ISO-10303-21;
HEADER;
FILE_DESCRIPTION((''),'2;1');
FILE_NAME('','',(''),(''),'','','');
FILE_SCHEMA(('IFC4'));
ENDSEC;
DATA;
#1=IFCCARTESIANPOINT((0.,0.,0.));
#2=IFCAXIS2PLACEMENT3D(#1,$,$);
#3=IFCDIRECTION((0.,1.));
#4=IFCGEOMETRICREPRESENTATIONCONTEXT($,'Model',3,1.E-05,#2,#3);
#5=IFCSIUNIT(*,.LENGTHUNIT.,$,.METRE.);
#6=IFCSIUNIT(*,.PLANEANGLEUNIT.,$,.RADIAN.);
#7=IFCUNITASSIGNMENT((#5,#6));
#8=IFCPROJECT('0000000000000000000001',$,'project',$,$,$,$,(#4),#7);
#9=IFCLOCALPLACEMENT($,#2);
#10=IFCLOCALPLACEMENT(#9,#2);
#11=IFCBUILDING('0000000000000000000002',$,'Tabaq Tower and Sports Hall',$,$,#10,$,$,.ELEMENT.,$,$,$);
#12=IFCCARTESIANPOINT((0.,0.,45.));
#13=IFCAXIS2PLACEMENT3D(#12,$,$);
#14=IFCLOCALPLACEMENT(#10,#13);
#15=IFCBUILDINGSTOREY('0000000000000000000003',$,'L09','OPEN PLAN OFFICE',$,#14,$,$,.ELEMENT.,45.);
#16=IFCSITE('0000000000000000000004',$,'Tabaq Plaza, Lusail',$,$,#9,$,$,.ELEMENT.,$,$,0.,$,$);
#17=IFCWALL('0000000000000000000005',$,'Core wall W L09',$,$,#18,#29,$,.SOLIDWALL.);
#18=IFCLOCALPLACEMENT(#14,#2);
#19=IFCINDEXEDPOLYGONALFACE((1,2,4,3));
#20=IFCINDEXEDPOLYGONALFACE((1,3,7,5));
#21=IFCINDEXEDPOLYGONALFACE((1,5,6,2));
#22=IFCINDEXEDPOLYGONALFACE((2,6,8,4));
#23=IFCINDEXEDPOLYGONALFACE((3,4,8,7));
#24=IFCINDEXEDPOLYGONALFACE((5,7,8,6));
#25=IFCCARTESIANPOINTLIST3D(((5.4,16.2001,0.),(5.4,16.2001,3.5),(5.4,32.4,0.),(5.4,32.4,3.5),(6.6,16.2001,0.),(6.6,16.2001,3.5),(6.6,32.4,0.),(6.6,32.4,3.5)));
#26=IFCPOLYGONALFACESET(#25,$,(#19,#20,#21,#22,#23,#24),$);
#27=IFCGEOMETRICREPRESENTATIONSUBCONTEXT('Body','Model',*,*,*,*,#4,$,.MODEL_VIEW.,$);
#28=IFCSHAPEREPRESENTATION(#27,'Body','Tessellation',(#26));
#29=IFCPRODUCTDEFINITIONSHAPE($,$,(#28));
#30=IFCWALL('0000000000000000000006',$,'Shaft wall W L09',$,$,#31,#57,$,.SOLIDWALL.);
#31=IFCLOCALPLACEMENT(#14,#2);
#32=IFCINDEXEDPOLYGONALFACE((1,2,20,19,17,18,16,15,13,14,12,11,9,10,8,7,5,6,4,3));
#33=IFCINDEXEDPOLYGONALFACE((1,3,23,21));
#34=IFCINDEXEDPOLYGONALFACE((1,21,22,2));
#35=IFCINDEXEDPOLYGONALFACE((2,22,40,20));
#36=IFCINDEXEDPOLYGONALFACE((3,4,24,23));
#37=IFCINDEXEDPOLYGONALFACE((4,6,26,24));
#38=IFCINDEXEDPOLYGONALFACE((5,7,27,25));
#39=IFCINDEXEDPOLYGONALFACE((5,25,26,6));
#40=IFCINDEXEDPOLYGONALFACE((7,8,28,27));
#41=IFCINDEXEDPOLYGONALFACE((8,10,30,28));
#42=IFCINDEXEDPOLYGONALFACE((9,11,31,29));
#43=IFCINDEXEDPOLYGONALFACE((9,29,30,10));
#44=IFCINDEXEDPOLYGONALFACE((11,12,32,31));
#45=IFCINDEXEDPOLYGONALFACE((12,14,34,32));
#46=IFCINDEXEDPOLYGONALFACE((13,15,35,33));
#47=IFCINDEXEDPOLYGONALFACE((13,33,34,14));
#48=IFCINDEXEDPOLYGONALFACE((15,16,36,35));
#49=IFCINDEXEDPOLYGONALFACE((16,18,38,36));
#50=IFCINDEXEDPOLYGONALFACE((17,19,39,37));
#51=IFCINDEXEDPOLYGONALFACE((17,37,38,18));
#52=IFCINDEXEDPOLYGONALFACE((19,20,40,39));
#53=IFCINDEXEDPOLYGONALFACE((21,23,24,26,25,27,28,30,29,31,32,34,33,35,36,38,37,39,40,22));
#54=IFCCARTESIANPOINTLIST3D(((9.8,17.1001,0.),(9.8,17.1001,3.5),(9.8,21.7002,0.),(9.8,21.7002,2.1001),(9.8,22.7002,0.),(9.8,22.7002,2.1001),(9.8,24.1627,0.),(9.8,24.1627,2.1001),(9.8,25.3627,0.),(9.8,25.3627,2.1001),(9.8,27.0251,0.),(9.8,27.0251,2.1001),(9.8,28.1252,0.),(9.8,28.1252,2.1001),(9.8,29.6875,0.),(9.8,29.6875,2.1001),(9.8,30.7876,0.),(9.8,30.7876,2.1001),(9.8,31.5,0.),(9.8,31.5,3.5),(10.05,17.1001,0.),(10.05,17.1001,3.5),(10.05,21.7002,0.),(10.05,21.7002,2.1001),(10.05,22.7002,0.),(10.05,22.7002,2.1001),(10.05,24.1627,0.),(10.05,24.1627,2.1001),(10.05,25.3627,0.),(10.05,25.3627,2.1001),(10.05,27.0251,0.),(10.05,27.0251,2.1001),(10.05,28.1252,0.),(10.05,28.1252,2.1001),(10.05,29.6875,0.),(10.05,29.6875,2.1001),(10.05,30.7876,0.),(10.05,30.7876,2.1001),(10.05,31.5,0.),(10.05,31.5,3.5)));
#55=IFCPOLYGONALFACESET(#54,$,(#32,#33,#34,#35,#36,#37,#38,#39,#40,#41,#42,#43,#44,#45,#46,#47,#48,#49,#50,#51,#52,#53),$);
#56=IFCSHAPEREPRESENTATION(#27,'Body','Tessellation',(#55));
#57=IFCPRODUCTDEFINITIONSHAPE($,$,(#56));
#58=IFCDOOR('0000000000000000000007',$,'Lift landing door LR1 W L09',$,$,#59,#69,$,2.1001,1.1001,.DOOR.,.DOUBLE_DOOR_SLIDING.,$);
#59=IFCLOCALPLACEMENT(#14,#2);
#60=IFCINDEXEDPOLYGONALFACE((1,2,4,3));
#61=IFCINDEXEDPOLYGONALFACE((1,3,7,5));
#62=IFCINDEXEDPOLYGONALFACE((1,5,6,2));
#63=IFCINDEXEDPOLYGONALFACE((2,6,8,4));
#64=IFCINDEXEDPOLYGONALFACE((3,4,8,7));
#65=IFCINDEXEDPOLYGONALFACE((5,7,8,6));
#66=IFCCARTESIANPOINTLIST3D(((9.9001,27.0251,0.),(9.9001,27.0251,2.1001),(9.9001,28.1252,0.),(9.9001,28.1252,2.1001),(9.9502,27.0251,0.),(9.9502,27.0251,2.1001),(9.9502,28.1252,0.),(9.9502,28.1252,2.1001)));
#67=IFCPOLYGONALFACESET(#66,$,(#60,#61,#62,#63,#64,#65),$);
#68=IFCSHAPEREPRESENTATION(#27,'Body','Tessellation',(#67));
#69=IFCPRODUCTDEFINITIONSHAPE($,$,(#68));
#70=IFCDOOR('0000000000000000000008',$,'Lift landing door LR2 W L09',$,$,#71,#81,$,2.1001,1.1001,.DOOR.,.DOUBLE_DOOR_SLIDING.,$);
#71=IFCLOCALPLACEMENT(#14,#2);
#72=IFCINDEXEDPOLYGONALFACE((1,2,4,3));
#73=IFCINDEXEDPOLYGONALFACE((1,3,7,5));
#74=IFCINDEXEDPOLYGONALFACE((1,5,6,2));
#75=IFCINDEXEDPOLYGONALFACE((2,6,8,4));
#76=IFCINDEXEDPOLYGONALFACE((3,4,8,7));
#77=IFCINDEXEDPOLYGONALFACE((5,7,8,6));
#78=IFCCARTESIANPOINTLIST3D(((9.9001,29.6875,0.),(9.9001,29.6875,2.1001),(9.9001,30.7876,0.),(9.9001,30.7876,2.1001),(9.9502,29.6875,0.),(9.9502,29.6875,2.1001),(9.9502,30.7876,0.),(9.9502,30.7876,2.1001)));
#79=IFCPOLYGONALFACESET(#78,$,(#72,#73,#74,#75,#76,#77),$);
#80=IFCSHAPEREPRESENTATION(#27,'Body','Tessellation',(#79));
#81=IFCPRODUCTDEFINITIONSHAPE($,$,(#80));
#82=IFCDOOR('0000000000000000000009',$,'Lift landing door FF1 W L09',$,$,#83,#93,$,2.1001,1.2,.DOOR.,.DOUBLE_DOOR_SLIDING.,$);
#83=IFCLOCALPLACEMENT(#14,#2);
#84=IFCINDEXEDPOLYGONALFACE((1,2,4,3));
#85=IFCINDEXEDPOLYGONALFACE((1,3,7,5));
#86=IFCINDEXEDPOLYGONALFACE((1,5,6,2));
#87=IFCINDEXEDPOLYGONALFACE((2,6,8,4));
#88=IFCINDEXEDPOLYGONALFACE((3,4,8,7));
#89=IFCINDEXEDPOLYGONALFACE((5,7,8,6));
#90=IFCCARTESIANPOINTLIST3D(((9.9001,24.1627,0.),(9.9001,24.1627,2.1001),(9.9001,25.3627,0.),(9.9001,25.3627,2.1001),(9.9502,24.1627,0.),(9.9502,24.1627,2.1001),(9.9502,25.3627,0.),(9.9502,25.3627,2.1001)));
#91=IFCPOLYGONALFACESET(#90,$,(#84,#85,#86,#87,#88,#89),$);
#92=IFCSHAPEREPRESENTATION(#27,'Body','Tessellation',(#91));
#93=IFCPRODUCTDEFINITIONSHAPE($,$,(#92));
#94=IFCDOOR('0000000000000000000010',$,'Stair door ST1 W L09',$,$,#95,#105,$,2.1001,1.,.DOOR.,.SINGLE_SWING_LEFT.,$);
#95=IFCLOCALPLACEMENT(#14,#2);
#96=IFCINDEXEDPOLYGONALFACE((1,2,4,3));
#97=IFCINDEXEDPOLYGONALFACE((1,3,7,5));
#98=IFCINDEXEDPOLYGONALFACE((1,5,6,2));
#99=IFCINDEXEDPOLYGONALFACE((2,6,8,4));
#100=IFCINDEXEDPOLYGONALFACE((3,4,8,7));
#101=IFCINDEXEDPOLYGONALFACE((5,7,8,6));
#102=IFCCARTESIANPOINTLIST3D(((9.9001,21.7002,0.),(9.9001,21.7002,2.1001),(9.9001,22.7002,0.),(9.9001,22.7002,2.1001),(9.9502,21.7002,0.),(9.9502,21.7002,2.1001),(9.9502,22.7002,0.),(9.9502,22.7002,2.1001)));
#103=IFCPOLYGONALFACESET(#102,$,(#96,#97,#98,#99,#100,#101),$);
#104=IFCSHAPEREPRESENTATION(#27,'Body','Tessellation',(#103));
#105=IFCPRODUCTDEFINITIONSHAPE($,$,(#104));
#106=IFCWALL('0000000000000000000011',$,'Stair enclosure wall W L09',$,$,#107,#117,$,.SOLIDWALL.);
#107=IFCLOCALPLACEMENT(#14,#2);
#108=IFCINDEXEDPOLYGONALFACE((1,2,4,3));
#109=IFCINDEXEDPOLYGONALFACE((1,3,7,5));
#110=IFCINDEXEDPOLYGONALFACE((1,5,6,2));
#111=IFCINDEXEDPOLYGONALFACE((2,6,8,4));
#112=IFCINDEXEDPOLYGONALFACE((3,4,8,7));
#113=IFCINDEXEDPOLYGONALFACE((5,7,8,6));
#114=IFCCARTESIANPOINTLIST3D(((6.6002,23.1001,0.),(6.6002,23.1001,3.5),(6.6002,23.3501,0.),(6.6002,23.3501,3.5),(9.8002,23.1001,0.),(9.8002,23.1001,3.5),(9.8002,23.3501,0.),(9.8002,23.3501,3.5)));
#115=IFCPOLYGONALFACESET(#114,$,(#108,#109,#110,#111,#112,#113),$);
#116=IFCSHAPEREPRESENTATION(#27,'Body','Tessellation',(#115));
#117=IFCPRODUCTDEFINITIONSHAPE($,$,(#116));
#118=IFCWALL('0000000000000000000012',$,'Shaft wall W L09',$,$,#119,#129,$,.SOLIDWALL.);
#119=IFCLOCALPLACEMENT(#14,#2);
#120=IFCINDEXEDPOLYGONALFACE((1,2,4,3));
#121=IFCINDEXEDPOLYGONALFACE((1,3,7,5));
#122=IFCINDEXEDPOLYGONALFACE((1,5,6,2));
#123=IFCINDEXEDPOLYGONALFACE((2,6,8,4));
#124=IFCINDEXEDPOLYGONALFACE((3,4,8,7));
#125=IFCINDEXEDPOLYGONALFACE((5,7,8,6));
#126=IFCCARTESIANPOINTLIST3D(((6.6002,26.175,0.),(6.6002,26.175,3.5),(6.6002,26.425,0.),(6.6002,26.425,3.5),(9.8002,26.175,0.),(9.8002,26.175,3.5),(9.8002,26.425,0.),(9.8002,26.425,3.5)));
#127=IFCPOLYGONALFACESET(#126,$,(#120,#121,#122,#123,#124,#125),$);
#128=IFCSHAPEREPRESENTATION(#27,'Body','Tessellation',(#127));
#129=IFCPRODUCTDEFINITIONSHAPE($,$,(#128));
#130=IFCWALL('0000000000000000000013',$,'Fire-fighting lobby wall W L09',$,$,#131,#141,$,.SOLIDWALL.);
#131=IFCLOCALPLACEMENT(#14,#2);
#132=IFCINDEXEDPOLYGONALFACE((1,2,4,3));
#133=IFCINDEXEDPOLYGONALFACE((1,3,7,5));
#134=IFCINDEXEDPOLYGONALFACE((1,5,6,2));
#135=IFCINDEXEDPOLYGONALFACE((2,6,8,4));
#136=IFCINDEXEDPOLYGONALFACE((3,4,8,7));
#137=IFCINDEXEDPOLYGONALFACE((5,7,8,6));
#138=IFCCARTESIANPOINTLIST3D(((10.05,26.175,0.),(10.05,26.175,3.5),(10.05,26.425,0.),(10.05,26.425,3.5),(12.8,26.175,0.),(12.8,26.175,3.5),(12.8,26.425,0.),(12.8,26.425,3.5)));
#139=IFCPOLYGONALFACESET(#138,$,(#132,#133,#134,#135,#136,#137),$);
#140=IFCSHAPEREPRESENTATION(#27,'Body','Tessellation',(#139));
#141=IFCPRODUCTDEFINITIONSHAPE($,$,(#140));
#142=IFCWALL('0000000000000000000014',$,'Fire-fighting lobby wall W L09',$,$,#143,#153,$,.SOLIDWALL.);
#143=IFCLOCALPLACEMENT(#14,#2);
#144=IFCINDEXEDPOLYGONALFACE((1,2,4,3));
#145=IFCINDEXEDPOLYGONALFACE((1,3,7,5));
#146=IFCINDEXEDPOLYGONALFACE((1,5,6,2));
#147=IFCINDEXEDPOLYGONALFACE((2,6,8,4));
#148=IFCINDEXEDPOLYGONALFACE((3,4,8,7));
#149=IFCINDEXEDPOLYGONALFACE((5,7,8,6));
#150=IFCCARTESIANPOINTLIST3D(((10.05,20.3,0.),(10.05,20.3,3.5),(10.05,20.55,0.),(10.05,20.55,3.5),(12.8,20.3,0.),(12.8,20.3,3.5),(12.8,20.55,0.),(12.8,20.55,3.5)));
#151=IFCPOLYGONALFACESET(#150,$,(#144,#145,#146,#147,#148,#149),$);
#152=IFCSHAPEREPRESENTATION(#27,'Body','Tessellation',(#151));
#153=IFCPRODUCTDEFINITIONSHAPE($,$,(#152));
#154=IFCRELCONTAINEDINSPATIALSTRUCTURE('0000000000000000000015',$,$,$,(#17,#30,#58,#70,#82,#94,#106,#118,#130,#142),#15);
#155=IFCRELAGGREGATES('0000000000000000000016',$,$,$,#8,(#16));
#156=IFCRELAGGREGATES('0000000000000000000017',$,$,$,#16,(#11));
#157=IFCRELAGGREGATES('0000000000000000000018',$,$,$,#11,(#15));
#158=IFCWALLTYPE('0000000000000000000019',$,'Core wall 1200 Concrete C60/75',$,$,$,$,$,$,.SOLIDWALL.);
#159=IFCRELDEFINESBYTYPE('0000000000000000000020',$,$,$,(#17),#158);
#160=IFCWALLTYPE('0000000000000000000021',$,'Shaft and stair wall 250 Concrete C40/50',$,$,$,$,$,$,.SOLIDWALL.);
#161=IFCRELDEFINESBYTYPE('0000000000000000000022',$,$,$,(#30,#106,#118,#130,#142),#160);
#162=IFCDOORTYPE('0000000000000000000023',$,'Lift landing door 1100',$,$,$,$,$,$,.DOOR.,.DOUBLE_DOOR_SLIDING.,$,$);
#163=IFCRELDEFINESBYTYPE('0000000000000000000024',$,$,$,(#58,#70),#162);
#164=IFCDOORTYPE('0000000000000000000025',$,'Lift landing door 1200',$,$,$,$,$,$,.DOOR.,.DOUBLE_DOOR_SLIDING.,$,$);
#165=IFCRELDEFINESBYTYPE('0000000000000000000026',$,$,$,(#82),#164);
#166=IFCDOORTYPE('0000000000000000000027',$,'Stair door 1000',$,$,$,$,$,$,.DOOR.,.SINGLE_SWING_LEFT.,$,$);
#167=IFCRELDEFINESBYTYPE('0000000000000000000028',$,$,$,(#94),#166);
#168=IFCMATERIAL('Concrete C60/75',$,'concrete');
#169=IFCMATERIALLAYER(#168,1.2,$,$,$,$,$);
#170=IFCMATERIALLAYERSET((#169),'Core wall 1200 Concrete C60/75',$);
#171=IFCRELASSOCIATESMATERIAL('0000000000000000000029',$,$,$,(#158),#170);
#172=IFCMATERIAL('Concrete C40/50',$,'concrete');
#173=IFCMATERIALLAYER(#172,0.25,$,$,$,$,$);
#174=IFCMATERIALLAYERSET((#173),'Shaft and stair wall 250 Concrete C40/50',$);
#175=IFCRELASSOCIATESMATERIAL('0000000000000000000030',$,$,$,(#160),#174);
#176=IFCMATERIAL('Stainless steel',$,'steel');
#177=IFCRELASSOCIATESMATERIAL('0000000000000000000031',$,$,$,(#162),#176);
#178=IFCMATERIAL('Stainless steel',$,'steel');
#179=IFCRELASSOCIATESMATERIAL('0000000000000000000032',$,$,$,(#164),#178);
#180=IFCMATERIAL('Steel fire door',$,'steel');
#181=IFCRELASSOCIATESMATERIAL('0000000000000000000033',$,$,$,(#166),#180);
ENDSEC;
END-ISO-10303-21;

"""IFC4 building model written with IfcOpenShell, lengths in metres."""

from ifc_helpers import new_model, si_unit, direction, frame, frame_2d, origin, place, context, subcontext, project, spatial, rectangle, extrude, material, layer, layer_set, type_object, element, fill, save


model = new_model("IFC4")

# Units and contexts
model_context = context("Model", 3, precision=1e-05, world=origin(), true_north=direction((0.0, 1.0)))
body_context = subcontext(model_context, "Body", "Model", "MODEL_VIEW")
ifc_project = project(units=[si_unit("LENGTHUNIT", "METRE"), si_unit("PLANEANGLEUNIT", "RADIAN")], contexts=[model_context])

# Site, building, storey
site_placement = place(None, origin())
site = spatial("IfcSite", under=ifc_project, at=site_placement, Name="Tabaq Plaza, Lusail", CompositionType="ELEMENT", RefElevation=0.0)
building_placement = place(site_placement, origin())
building = spatial("IfcBuilding", under=site, at=building_placement, Name="Tabaq Tower and Sports Hall", CompositionType="ELEMENT")
storey_placement = place(building_placement, frame((0.0, 0.0, 45.0)))
storey = spatial("IfcBuildingStorey", under=building, at=storey_placement, Name="L09", Description="OPEN PLAN OFFICE", CompositionType="ELEMENT", Elevation=45.0)

# Wall
ifc_material_1 = material(Name="Concrete C60/75", Category="concrete")
ifc_layer_1 = layer(ifc_material_1, 1.2)
ifc_layer_set_1 = layer_set([ifc_layer_1], Name="Core wall 1200 Concrete C60/75")
wall_type_1 = type_object("IfcWallType", Name="Core wall 1200 Concrete C60/75", PredefinedType="SOLIDWALL", material=ifc_layer_set_1)
wall_1_placement = place(storey_placement, frame((6.0, 16.2, 0.0), z_axis=(0.0, 0.0, 1.0), x_axis=(0.0, 1.0, 0.0)))
element("IfcWall", 1, at=wall_1_placement, inside=storey, type_object=wall_type_1, Name="Core wall W L09", PredefinedType="SOLIDWALL", context=body_context, shape_type="SweptSolid", body=[
    extrude(rectangle(XDim=16.2, YDim=1.2, at=frame_2d((8.1001, 0.0))), origin(), (0.0, 0.0, 1.0), 3.5),
])

# Wall, openings, doors
ifc_material_2 = material(Name="Concrete C40/50", Category="concrete")
ifc_layer_2 = layer(ifc_material_2, 0.25)
ifc_layer_set_2 = layer_set([ifc_layer_2], Name="Shaft and stair wall 250 Concrete C40/50")
wall_type_2 = type_object("IfcWallType", Name="Shaft and stair wall 250 Concrete C40/50", PredefinedType="SOLIDWALL", material=ifc_layer_set_2)
wall_2_placement = place(storey_placement, frame((9.925, 17.1001, 0.0), z_axis=(0.0, 0.0, 1.0), x_axis=(0.0, 1.0, 0.0)))
wall_2 = element("IfcWall", 2, at=wall_2_placement, inside=storey, type_object=wall_type_2, Name="Shaft wall W L09", PredefinedType="SOLIDWALL", context=body_context, shape_type="SweptSolid", body=[
    extrude(rectangle(XDim=14.3999, YDim=0.25, at=frame_2d((7.2, 0.0))), origin(), (0.0, 0.0, 1.0), 3.5),
])
opening_1_placement = place(wall_2_placement, frame((4.6001, 0.0, 0.0)))
opening_1 = element("IfcOpeningElement", 3, at=opening_1_placement, cuts=wall_2, PredefinedType="OPENING", context=body_context, shape_type="SweptSolid", body=[
    extrude(rectangle(XDim=1.0, YDim=2.1001, at=frame_2d((0.5, 1.05))), frame((0.0, 0.125, 0.0), z_axis=(0.0, -1.0, 0.0), x_axis=(1.0, 0.0, 0.0)), (0.0, 0.0, 1.0), 0.25),
])
opening_2_placement = place(wall_2_placement, frame((7.0625, 0.0, 0.0)))
opening_2 = element("IfcOpeningElement", 4, at=opening_2_placement, cuts=wall_2, PredefinedType="OPENING", context=body_context, shape_type="SweptSolid", body=[
    extrude(rectangle(XDim=1.2, YDim=2.1001, at=frame_2d((0.6001, 1.05))), frame((0.0, 0.125, 0.0), z_axis=(0.0, -1.0, 0.0), x_axis=(1.0, 0.0, 0.0)), (0.0, 0.0, 1.0), 0.25),
])
opening_3_placement = place(wall_2_placement, frame((9.925, 0.0, 0.0)))
opening_3 = element("IfcOpeningElement", 5, at=opening_3_placement, cuts=wall_2, PredefinedType="OPENING", context=body_context, shape_type="SweptSolid", body=[
    extrude(rectangle(XDim=1.1001, YDim=2.1001, at=frame_2d((0.55, 1.05))), frame((0.0, 0.125, 0.0), z_axis=(0.0, -1.0, 0.0), x_axis=(1.0, 0.0, 0.0)), (0.0, 0.0, 1.0), 0.25),
])
opening_4_placement = place(wall_2_placement, frame((12.5874, 0.0, 0.0)))
opening_4 = element("IfcOpeningElement", 6, at=opening_4_placement, cuts=wall_2, PredefinedType="OPENING", context=body_context, shape_type="SweptSolid", body=[
    extrude(rectangle(XDim=1.1001, YDim=2.1001, at=frame_2d((0.55, 1.05))), frame((0.0, 0.125, 0.0), z_axis=(0.0, -1.0, 0.0), x_axis=(1.0, 0.0, 0.0)), (0.0, 0.0, 1.0), 0.25),
])
ifc_material_3 = material(Name="Stainless steel", Category="steel")
door_type_1 = type_object("IfcDoorType", Name="Lift landing door 1100", OperationType="DOUBLE_DOOR_SLIDING", PredefinedType="DOOR", material=ifc_material_3)
door_1_placement = place(opening_3_placement, origin())
door_1 = element("IfcDoor", 7, at=door_1_placement, inside=storey, type_object=door_type_1, Name="Lift landing door LR1 W L09", OperationType="DOUBLE_DOOR_SLIDING", OverallHeight=2.1001, OverallWidth=1.1001, PredefinedType="DOOR", context=body_context, shape_type="SweptSolid", body=[
    extrude(rectangle(XDim=1.1001, YDim=2.1001, at=frame_2d((0.55, 1.05))), frame((0.0, 0.0249, 0.0), z_axis=(0.0, -1.0, 0.0), x_axis=(1.0, 0.0, 0.0)), (0.0, 0.0, 1.0), 0.05),
])
fill(opening_3, door_1)
door_2_placement = place(opening_4_placement, origin())
door_2 = element("IfcDoor", 8, at=door_2_placement, inside=storey, type_object=door_type_1, Name="Lift landing door LR2 W L09", OperationType="DOUBLE_DOOR_SLIDING", OverallHeight=2.1001, OverallWidth=1.1001, PredefinedType="DOOR", context=body_context, shape_type="SweptSolid", body=[
    extrude(rectangle(XDim=1.1001, YDim=2.1001, at=frame_2d((0.55, 1.05))), frame((0.0, 0.0249, 0.0), z_axis=(0.0, -1.0, 0.0), x_axis=(1.0, 0.0, 0.0)), (0.0, 0.0, 1.0), 0.05),
])
fill(opening_4, door_2)
ifc_material_4 = material(Name="Stainless steel", Category="steel")
door_type_2 = type_object("IfcDoorType", Name="Lift landing door 1200", OperationType="DOUBLE_DOOR_SLIDING", PredefinedType="DOOR", material=ifc_material_4)
door_3_placement = place(opening_2_placement, origin())
door_3 = element("IfcDoor", 9, at=door_3_placement, inside=storey, type_object=door_type_2, Name="Lift landing door FF1 W L09", OperationType="DOUBLE_DOOR_SLIDING", OverallHeight=2.1001, OverallWidth=1.2, PredefinedType="DOOR", context=body_context, shape_type="SweptSolid", body=[
    extrude(rectangle(XDim=1.2, YDim=2.1001, at=frame_2d((0.6001, 1.05))), frame((0.0, 0.0249, 0.0), z_axis=(0.0, -1.0, 0.0), x_axis=(1.0, 0.0, 0.0)), (0.0, 0.0, 1.0), 0.05),
])
fill(opening_2, door_3)
ifc_material_5 = material(Name="Steel fire door", Category="steel")
door_type_3 = type_object("IfcDoorType", Name="Stair door 1000", OperationType="SINGLE_SWING_LEFT", PredefinedType="DOOR", material=ifc_material_5)
door_4_placement = place(opening_1_placement, origin())
door_4 = element("IfcDoor", 10, at=door_4_placement, inside=storey, type_object=door_type_3, Name="Stair door ST1 W L09", OperationType="SINGLE_SWING_LEFT", OverallHeight=2.1001, OverallWidth=1.0, PredefinedType="DOOR", context=body_context, shape_type="SweptSolid", body=[
    extrude(rectangle(XDim=1.0, YDim=2.1001, at=frame_2d((0.5, 1.05))), frame((0.0, 0.0249, 0.0), z_axis=(0.0, -1.0, 0.0), x_axis=(1.0, 0.0, 0.0)), (0.0, 0.0, 1.0), 0.05),
])
fill(opening_1, door_4)

# Walls
for number, where, z_axis, x_axis, name in (
    (11, (6.6001, 23.2251, 0.0), (0.0, 0.0, 1.0), (1.0, 0.0, 0.0), "Stair enclosure wall W L09"),
    (12, (6.6001, 26.3, 0.0), (0.0, 0.0, 1.0), (1.0, 0.0, 0.0), "Shaft wall W L09"),
):
    element("IfcWall", number, at=place(storey_placement, frame(where, z_axis=z_axis, x_axis=x_axis)), inside=storey, type_object=wall_type_2, Name=name, PredefinedType="SOLIDWALL", context=body_context, shape_type="SweptSolid", body=[
        extrude(rectangle(XDim=3.2, YDim=0.25, at=frame_2d((1.6001, 0.0))), origin(), (0.0, 0.0, 1.0), 3.5),
    ])
for number, where, z_axis, x_axis, name in (
    (13, (10.05, 26.3, 0.0), (0.0, 0.0, 1.0), (1.0, 0.0, 0.0), "Fire-fighting lobby wall W L09"),
    (14, (10.05, 20.425, 0.0), (0.0, 0.0, 1.0), (1.0, 0.0, 0.0), "Fire-fighting lobby wall W L09"),
):
    element("IfcWall", number, at=place(storey_placement, frame(where, z_axis=z_axis, x_axis=x_axis)), inside=storey, type_object=wall_type_2, Name=name, PredefinedType="SOLIDWALL", context=body_context, shape_type="SweptSolid", body=[
        extrude(rectangle(XDim=2.75, YDim=0.25, at=frame_2d((1.375, 0.0))), origin(), (0.0, 0.0, 1.0), 3.5),
    ])

save(model, "model.ifc")
